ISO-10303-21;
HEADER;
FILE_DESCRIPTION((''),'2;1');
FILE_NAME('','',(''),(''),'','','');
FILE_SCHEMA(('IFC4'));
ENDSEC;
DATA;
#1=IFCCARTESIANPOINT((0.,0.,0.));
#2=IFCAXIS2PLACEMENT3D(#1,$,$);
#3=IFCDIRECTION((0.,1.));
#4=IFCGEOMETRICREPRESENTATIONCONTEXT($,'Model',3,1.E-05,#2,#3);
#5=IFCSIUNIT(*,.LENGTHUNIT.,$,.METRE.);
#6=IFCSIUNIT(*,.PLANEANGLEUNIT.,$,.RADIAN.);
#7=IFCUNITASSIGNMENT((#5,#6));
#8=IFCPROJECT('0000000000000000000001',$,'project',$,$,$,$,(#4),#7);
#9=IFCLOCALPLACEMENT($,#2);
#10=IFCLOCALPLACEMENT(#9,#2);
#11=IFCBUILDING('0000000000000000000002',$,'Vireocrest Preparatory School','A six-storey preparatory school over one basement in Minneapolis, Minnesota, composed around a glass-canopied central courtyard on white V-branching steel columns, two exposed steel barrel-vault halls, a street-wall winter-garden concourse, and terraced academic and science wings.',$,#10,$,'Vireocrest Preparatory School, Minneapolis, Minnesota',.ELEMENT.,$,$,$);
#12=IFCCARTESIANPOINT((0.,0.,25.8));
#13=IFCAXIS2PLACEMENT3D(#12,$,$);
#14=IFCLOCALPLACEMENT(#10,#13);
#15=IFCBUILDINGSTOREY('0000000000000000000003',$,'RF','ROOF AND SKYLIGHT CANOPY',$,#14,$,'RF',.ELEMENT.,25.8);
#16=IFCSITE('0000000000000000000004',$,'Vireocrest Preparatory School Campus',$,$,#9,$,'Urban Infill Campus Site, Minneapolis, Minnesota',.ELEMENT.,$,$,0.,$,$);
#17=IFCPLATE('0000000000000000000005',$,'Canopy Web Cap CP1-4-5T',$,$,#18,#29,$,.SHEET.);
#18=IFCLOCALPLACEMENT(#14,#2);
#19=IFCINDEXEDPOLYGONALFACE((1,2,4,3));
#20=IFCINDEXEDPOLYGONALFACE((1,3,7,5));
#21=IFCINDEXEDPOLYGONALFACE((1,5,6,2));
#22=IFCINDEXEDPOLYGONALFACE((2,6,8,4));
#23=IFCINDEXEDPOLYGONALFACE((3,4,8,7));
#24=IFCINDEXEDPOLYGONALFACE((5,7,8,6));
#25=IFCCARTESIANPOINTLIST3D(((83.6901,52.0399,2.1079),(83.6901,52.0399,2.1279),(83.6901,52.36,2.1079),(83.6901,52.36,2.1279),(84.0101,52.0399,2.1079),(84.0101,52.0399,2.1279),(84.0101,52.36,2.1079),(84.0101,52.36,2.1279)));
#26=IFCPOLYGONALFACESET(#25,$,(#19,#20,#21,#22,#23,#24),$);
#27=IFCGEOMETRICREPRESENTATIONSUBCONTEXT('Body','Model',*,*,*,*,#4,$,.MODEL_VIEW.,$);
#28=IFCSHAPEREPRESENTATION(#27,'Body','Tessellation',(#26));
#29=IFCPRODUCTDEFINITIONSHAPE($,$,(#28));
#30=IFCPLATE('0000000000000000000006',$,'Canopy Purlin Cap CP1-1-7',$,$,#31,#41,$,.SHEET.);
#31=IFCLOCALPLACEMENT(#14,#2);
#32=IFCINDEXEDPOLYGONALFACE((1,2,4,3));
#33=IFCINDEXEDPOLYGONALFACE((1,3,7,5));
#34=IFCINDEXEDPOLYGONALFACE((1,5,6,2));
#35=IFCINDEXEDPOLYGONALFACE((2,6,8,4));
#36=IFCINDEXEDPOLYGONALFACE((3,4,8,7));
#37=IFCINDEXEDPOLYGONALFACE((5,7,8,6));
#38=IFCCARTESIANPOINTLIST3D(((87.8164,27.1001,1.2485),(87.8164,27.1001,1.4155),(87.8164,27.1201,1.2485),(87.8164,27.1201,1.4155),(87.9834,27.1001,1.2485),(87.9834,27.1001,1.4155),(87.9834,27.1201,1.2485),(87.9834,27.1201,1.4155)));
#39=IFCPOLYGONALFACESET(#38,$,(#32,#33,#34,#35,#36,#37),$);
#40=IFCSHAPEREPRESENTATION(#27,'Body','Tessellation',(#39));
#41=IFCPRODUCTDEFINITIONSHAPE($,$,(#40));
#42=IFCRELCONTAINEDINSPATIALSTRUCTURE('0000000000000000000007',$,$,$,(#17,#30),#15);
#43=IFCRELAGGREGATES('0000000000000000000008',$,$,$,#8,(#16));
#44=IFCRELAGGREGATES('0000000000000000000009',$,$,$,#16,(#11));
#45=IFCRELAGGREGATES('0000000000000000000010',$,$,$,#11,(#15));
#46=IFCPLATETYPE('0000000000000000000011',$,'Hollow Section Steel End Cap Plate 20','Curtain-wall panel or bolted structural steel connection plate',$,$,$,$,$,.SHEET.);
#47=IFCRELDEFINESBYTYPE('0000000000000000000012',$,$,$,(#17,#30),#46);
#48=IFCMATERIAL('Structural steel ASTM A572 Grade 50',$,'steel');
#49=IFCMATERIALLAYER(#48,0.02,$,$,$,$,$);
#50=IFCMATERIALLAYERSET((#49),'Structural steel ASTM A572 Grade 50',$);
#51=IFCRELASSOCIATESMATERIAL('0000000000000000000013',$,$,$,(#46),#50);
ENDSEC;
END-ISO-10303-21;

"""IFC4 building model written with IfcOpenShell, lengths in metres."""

from ifc_helpers import new_model, si_unit, direction, frame, origin, origin_2d, place, context, subcontext, project, spatial, rectangle, extrude, material, layer, layer_set, type_object, element, save


model = new_model("IFC4")

# Units and contexts
model_context = context("Model", 3, precision=1e-05, world=origin(), true_north=direction((0.0, 1.0)))
body_context = subcontext(model_context, "Body", "Model", "MODEL_VIEW")
ifc_project = project(units=[si_unit("LENGTHUNIT", "METRE"), si_unit("PLANEANGLEUNIT", "RADIAN")], contexts=[model_context])

# Site, building, storey
site_placement = place(None, origin())
site = spatial("IfcSite", under=ifc_project, at=site_placement, Name="Vireocrest Preparatory School Campus", LongName="Urban Infill Campus Site, Minneapolis, Minnesota", CompositionType="ELEMENT", RefElevation=0.0)
building_placement = place(site_placement, origin())
building = spatial("IfcBuilding", under=site, at=building_placement, Name="Vireocrest Preparatory School", Description="A six-storey preparatory school over one basement in Minneapolis, Minnesota, composed around a glass-canopied central courtyard on white V-branching steel columns, two exposed steel barrel-vault halls, a street-wall winter-garden concourse, and terraced academic and science wings.", LongName="Vireocrest Preparatory School, Minneapolis, Minnesota", CompositionType="ELEMENT")
storey_placement = place(building_placement, frame((0.0, 0.0, 25.8)))
storey = spatial("IfcBuildingStorey", under=building, at=storey_placement, Name="RF", Description="ROOF AND SKYLIGHT CANOPY", LongName="RF", CompositionType="ELEMENT", Elevation=25.8)

# Plates
ifc_material_1 = material(Name="Structural steel ASTM A572 Grade 50", Category="steel")
ifc_layer_1 = layer(ifc_material_1, 0.02)
ifc_layer_set_1 = layer_set([ifc_layer_1], Name="Structural steel ASTM A572 Grade 50")
plate_type = type_object("IfcPlateType", Name="Hollow Section Steel End Cap Plate 20", Description="Curtain-wall panel or bolted structural steel connection plate", PredefinedType="SHEET", material=ifc_layer_set_1)
for number, where, z_axis, x_axis, name in (
    (1, (83.8501, 52.2, 2.1079), (0.0, 0.0, 1.0), (1.0, 0.0, 0.0), "Canopy Web Cap CP1-4-5T"),
):
    element("IfcPlate", number, at=place(storey_placement, frame(where, z_axis=z_axis, x_axis=x_axis)), inside=storey, type_object=plate_type, Name=name, PredefinedType="SHEET", context=body_context, shape_type="SweptSolid", body=[
        extrude(rectangle(XDim=0.3201, YDim=0.3201, at=origin_2d()), origin(), (0.0, 0.0, 1.0), 0.02),
    ])
plate_placement = place(storey_placement, frame((87.8999, 27.1101, 1.2485), z_axis=(0.0, 0.0, 1.0), x_axis=(1.0, 0.0, 0.0)))
element("IfcPlate", 2, at=plate_placement, inside=storey, type_object=plate_type, Name="Canopy Purlin Cap CP1-1-7", PredefinedType="SHEET", context=body_context, shape_type="SweptSolid", body=[
    extrude(rectangle(XDim=0.167, YDim=0.02, at=origin_2d()), origin(), (0.0, 0.0, 1.0), 0.167),
])

save(model, "model.ifc")
